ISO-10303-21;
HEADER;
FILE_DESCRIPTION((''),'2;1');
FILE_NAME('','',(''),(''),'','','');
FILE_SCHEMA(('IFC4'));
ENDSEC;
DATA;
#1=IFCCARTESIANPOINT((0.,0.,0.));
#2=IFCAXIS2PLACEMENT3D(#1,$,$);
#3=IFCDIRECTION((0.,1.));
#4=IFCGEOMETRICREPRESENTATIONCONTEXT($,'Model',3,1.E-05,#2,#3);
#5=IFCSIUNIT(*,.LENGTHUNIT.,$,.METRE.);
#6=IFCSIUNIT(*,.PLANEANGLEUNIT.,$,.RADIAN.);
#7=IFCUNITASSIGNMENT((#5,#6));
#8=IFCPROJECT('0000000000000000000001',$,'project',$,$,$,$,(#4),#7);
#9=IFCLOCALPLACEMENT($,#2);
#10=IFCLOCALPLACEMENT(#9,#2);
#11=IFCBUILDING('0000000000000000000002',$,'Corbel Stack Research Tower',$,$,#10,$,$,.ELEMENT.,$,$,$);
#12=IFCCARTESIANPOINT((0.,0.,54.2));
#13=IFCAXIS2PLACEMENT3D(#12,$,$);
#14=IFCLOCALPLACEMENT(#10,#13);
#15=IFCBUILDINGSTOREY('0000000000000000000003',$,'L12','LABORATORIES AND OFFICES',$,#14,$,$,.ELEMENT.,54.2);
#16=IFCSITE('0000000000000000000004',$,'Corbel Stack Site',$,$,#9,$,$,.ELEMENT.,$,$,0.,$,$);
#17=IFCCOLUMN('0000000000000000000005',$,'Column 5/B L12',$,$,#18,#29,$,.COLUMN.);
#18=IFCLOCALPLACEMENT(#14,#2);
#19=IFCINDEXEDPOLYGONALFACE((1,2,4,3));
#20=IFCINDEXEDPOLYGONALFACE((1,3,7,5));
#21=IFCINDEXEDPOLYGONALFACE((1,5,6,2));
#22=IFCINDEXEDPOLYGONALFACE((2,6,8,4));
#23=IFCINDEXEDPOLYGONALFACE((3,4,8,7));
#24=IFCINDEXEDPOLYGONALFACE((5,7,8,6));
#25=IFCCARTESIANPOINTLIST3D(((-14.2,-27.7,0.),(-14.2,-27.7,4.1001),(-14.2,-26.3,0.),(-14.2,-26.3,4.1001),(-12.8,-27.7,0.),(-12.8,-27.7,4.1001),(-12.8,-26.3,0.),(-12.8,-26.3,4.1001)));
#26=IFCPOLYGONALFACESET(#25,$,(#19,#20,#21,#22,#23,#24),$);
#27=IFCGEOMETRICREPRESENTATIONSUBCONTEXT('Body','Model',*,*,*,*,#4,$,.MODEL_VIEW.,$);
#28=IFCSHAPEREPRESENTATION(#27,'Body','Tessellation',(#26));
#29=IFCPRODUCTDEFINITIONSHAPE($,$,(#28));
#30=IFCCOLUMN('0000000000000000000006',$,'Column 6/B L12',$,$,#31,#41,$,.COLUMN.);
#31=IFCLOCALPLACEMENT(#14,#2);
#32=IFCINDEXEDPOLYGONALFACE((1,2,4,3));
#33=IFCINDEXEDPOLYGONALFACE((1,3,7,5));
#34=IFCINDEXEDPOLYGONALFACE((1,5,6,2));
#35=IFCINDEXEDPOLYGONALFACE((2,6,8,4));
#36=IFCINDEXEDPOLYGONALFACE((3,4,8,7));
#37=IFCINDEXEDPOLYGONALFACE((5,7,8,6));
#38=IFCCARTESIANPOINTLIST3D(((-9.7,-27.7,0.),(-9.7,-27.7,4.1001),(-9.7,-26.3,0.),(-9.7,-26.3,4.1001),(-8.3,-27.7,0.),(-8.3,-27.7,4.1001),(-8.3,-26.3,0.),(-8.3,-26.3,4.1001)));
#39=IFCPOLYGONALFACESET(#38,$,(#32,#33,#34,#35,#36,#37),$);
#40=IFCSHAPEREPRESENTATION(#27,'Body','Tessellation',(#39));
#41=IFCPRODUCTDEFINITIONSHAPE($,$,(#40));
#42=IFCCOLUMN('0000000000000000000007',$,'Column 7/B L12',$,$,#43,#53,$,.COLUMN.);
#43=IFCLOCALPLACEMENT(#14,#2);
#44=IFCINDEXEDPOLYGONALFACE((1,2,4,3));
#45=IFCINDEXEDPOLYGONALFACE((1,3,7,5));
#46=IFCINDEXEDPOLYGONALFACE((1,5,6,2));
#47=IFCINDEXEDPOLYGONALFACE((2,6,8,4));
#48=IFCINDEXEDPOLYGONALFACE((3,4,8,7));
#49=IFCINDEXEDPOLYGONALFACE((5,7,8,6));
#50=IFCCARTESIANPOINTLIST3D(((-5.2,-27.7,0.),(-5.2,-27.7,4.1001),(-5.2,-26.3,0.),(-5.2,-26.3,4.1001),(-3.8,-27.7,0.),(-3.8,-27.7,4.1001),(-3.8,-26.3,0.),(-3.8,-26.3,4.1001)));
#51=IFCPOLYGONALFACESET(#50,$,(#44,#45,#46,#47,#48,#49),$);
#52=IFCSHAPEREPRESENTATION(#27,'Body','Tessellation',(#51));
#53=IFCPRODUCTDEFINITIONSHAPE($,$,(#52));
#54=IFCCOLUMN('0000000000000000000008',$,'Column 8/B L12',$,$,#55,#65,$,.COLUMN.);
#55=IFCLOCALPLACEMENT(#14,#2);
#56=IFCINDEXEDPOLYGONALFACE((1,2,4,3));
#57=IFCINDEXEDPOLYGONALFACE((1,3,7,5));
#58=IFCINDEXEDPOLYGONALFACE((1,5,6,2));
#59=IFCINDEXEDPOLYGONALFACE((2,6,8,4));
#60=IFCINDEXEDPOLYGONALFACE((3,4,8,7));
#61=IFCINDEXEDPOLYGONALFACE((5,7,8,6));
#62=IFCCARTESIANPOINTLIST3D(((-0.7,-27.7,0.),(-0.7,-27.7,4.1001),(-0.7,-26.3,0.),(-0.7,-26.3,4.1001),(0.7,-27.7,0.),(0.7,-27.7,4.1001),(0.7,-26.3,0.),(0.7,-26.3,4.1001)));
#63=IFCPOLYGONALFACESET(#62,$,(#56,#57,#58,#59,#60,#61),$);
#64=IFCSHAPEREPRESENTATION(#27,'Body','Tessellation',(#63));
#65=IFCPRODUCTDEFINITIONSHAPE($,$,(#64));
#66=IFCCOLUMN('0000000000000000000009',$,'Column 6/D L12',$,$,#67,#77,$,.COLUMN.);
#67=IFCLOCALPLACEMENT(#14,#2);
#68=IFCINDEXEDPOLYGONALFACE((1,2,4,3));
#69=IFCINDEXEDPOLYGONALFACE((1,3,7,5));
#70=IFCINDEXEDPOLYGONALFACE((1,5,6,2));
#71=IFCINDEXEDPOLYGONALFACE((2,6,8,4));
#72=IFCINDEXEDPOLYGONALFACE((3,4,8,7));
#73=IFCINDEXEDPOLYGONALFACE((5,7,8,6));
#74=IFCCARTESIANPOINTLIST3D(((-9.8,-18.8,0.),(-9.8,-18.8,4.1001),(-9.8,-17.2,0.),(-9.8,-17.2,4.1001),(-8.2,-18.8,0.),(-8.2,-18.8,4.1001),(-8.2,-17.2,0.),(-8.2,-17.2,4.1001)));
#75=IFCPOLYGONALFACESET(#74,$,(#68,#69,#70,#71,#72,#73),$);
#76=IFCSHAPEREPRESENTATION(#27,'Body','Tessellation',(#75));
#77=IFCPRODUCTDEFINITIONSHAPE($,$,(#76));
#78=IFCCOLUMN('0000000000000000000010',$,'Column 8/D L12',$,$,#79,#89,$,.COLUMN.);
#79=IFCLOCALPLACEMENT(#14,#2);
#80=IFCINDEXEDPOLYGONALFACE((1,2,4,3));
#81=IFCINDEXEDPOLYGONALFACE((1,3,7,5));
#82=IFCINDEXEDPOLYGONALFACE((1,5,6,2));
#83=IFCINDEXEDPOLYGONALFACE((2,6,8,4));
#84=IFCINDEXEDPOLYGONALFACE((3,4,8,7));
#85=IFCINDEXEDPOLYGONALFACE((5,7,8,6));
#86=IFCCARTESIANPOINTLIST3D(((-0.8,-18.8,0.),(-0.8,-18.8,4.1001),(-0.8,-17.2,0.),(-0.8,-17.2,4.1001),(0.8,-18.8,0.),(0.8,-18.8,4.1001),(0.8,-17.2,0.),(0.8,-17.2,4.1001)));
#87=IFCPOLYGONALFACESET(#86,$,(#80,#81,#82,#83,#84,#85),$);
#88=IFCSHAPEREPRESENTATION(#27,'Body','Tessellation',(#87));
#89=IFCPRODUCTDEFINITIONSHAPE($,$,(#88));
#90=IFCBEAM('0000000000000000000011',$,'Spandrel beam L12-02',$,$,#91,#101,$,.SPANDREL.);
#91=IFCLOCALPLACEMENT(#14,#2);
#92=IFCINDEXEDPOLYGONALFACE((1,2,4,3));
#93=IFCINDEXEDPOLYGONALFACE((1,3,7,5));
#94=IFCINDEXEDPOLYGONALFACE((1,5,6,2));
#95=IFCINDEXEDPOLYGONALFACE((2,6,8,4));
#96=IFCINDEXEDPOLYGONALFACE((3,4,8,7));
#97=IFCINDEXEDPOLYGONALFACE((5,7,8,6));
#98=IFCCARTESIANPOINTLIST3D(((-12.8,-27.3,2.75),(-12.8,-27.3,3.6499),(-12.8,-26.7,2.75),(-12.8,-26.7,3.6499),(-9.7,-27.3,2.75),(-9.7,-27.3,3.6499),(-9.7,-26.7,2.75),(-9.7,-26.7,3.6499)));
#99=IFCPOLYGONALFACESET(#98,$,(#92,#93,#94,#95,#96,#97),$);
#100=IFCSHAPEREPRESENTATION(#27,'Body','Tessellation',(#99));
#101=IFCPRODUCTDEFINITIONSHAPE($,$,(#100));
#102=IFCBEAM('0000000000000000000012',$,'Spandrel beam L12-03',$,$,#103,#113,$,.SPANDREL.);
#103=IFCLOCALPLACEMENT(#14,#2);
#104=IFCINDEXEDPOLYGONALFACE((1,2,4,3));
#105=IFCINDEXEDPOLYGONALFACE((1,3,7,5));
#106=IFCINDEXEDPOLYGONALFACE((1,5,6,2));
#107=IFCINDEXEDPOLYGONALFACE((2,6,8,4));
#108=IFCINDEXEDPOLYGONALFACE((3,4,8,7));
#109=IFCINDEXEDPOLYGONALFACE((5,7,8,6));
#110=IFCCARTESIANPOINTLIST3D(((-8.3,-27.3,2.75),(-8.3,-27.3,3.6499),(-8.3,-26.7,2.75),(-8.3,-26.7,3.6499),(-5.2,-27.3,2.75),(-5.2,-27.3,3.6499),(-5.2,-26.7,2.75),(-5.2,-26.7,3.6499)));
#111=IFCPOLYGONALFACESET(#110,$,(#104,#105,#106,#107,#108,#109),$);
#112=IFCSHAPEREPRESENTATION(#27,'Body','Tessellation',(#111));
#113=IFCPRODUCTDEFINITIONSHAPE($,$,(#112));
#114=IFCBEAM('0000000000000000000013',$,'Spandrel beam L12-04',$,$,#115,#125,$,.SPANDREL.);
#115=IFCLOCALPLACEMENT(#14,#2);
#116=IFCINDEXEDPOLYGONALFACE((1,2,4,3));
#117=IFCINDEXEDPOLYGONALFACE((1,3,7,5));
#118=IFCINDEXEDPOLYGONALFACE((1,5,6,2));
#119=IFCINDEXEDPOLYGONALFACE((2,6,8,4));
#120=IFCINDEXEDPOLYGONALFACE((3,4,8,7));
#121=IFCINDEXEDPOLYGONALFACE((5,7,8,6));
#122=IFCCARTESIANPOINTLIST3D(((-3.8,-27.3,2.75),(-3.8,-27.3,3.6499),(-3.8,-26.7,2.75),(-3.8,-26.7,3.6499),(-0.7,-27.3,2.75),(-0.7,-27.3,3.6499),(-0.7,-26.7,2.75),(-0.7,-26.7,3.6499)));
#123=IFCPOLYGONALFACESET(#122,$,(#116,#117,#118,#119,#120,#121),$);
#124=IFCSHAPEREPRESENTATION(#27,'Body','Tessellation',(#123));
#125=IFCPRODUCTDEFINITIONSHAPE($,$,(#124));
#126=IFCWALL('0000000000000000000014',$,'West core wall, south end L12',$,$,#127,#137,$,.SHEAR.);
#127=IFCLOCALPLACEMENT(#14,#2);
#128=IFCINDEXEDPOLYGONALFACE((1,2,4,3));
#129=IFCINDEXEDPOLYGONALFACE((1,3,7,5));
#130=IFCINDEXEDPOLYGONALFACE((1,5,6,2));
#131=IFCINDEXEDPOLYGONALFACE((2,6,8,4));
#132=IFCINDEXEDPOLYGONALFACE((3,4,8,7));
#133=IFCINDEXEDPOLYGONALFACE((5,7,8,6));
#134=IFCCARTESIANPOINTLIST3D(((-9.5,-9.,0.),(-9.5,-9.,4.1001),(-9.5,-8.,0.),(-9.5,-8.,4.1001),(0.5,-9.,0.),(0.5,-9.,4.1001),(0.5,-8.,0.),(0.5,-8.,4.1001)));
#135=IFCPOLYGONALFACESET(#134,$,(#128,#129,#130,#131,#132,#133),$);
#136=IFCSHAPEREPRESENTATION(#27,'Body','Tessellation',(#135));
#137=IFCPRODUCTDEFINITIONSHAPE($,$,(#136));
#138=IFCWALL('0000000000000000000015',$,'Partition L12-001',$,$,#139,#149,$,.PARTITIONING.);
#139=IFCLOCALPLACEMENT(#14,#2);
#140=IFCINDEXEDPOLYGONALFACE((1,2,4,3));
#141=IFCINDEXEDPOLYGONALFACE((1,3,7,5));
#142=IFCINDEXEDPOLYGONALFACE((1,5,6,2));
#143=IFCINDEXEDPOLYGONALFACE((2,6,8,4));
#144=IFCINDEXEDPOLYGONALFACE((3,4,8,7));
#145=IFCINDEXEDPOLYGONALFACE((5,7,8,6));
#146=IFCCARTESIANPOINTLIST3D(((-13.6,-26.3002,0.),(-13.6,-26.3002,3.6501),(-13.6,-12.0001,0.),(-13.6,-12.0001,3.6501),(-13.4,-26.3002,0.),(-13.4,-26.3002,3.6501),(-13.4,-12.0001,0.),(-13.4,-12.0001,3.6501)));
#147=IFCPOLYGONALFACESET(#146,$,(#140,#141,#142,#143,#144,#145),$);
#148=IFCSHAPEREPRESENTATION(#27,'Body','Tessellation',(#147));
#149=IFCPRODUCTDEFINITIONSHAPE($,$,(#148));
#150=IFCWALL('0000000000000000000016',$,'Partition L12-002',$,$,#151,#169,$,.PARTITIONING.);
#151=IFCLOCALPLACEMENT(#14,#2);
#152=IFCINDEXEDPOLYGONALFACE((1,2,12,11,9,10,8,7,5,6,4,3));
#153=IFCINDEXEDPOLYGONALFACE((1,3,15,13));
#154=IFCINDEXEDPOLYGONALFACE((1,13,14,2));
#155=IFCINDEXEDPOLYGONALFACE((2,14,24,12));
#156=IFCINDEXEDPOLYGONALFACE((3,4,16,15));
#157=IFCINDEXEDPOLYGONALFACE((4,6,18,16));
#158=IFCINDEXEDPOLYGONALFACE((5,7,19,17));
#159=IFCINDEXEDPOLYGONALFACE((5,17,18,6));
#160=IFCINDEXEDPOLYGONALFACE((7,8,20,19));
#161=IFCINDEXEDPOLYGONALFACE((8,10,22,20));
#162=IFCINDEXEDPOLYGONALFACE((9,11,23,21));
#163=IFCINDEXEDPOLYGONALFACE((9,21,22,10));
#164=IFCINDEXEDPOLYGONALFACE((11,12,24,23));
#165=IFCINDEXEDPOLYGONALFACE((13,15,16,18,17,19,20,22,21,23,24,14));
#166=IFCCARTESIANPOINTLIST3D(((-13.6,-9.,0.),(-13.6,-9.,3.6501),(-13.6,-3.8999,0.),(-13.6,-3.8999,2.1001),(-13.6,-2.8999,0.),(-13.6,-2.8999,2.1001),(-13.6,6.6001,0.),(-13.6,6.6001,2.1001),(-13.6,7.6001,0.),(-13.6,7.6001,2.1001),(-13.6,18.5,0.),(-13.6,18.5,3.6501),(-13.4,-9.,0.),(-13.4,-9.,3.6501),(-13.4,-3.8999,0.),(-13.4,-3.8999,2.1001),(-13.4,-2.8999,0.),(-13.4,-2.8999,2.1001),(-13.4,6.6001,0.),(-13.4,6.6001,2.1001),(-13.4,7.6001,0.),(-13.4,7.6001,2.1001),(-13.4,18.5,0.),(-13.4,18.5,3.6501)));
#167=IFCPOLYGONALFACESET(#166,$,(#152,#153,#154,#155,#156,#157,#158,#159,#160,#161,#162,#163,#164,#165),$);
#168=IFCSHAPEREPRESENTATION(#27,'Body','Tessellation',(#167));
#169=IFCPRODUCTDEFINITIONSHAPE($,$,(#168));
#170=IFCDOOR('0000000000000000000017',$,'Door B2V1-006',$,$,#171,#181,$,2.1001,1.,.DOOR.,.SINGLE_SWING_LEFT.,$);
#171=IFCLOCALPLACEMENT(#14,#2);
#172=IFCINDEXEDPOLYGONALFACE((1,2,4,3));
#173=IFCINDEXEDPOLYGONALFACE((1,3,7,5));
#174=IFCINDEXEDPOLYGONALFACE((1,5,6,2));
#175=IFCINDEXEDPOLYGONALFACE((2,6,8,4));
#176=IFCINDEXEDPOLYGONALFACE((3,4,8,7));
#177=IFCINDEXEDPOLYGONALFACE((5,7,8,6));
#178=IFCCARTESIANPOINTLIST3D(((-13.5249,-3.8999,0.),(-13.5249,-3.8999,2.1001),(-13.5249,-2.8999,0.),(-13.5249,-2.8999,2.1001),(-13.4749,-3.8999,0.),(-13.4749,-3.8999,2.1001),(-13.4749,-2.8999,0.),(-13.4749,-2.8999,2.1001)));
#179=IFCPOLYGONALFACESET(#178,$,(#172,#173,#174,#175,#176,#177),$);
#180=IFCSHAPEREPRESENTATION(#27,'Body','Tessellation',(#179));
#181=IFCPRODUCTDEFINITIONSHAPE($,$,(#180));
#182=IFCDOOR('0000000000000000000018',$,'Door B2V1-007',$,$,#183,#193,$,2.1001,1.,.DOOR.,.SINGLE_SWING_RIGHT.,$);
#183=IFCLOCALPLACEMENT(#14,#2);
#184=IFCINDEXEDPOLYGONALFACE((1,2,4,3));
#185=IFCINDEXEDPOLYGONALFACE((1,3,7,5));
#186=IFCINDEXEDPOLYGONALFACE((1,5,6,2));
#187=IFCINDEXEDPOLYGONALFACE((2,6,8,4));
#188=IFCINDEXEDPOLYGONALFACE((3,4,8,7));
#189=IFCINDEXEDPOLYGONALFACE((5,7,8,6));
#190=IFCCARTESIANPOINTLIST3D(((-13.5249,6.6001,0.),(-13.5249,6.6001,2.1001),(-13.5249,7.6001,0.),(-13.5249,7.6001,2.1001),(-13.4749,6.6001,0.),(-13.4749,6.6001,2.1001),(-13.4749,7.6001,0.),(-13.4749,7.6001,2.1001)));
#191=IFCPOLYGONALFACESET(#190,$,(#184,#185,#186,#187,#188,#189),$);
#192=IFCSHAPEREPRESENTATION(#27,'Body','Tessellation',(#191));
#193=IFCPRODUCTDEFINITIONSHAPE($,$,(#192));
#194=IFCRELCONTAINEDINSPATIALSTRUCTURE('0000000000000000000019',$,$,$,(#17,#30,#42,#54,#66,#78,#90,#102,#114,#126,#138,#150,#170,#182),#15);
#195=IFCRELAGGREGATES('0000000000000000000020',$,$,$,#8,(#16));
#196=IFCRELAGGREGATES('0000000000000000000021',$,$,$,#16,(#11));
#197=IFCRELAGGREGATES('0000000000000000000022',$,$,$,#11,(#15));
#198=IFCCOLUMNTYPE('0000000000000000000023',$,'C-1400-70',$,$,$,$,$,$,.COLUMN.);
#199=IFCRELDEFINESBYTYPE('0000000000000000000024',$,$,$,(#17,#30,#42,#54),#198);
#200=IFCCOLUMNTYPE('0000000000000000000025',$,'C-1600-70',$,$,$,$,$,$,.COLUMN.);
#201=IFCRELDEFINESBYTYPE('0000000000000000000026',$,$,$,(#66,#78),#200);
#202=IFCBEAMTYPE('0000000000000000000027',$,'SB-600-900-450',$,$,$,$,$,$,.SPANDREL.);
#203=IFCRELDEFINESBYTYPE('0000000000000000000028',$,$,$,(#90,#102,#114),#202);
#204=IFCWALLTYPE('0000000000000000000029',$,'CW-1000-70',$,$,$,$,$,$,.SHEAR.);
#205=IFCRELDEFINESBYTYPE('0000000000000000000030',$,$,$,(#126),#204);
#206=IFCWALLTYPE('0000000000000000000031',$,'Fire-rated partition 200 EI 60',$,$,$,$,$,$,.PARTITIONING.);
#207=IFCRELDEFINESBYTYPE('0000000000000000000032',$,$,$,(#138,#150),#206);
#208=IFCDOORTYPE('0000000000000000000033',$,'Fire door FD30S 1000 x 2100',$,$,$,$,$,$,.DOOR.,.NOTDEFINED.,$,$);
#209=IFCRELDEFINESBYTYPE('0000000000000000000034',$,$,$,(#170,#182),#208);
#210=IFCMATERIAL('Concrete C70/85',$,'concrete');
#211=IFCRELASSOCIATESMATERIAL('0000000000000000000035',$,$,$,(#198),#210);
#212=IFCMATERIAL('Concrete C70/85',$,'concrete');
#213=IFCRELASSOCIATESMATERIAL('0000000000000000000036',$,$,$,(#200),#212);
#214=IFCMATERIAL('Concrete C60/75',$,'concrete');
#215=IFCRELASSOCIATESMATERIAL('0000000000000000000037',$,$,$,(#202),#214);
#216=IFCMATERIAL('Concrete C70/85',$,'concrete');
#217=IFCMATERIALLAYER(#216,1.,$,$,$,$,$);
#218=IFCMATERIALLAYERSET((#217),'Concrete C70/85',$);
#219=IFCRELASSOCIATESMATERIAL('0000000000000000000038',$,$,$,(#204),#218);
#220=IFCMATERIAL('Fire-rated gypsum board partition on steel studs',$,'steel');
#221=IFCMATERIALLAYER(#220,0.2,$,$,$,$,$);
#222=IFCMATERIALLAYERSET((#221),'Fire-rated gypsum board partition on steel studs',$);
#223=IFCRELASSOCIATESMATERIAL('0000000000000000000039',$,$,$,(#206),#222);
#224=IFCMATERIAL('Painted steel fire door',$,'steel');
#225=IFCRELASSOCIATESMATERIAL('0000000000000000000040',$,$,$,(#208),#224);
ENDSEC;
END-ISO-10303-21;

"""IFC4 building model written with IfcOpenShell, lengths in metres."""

from ifc_helpers import new_model, si_unit, direction, frame, frame_2d, origin, origin_2d, place, context, subcontext, project, spatial, rectangle, extrude, material, layer, layer_set, material_profile, profile_set, type_object, element, fill, save


model = new_model("IFC4")

# Units and contexts
model_context = context("Model", 3, precision=1e-05, world=origin(), true_north=direction((0.0, 1.0)))
body_context = subcontext(model_context, "Body", "Model", "MODEL_VIEW")
ifc_project = project(units=[si_unit("LENGTHUNIT", "METRE"), si_unit("PLANEANGLEUNIT", "RADIAN")], contexts=[model_context])

# Site, building, storey
site_placement = place(None, origin())
site = spatial("IfcSite", under=ifc_project, at=site_placement, Name="Corbel Stack Site", CompositionType="ELEMENT", RefElevation=0.0)
building_placement = place(site_placement, origin())
building = spatial("IfcBuilding", under=site, at=building_placement, Name="Corbel Stack Research Tower", CompositionType="ELEMENT")
storey_placement = place(building_placement, frame((0.0, 0.0, 54.2)))
storey = spatial("IfcBuildingStorey", under=building, at=storey_placement, Name="L12", Description="LABORATORIES AND OFFICES", CompositionType="ELEMENT", Elevation=54.2)

# Columns
ifc_material_1 = material(Name="Concrete C70/85", Category="concrete")
ifc_material_profile_1 = material_profile(ifc_material_1, rectangle(XDim=1.3999, YDim=1.3999, at=origin_2d()), Name="RC 1400 x 1400")
ifc_profile_set_1 = profile_set([ifc_material_profile_1], Name="Concrete C70/85")
column_type_1 = type_object("IfcColumnType", Name="C-1400-70", PredefinedType="COLUMN", material=ifc_profile_set_1)
for number, where, z_axis, x_axis, name in (
    (1, (-13.5, -27.0, 0.0), (0.0, 0.0, 1.0), (1.0, 0.0, 0.0), "Column 5/B L12"),
    (2, (-9.0, -27.0, 0.0), (0.0, 0.0, 1.0), (1.0, 0.0, 0.0), "Column 6/B L12"),
    (3, (-4.5, -27.0, 0.0), (0.0, 0.0, 1.0), (1.0, 0.0, 0.0), "Column 7/B L12"),
    (4, (0.0, -27.0, 0.0), (0.0, 0.0, 1.0), (1.0, 0.0, 0.0), "Column 8/B L12"),
):
    element("IfcColumn", number, at=place(storey_placement, frame(where, z_axis=z_axis, x_axis=x_axis)), inside=storey, type_object=column_type_1, Name=name, PredefinedType="COLUMN", context=body_context, shape_type="SweptSolid", body=[
        extrude(rectangle(XDim=1.3999, YDim=1.3999, at=origin_2d()), origin(), (0.0, 0.0, 1.0), 4.1001),
    ])
ifc_material_2 = material(Name="Concrete C70/85", Category="concrete")
ifc_material_profile_2 = material_profile(ifc_material_2, rectangle(XDim=1.6001, YDim=1.6001, at=origin_2d()), Name="RC 1600 x 1600")
ifc_profile_set_2 = profile_set([ifc_material_profile_2], Name="Concrete C70/85")
column_type_2 = type_object("IfcColumnType", Name="C-1600-70", PredefinedType="COLUMN", material=ifc_profile_set_2)
for number, where, z_axis, x_axis, name in (
    (5, (-9.0, -18.0, 0.0), (0.0, 0.0, 1.0), (1.0, 0.0, 0.0), "Column 6/D L12"),
    (6, (0.0, -18.0, 0.0), (0.0, 0.0, 1.0), (1.0, 0.0, 0.0), "Column 8/D L12"),
):
    element("IfcColumn", number, at=place(storey_placement, frame(where, z_axis=z_axis, x_axis=x_axis)), inside=storey, type_object=column_type_2, Name=name, PredefinedType="COLUMN", context=body_context, shape_type="SweptSolid", body=[
        extrude(rectangle(XDim=1.6001, YDim=1.6001, at=origin_2d()), origin(), (0.0, 0.0, 1.0), 4.1001),
    ])

# Beams
ifc_material_3 = material(Name="Concrete C60/75", Category="concrete")
ifc_material_profile_3 = material_profile(ifc_material_3, rectangle(XDim=0.6001, YDim=0.8999, at=origin_2d()), Name="RC 600 x 900")
ifc_profile_set_3 = profile_set([ifc_material_profile_3], Name="Concrete C60/75")
beam_type = type_object("IfcBeamType", Name="SB-600-900-450", PredefinedType="SPANDREL", material=ifc_profile_set_3)
for number, where, z_axis, x_axis, name in (
    (7, (-12.8, -27.0, 3.2), (1.0, 0.0, 0.0), (0.0, 1.0, 0.0), "Spandrel beam L12-02"),
    (8, (-8.3, -27.0, 3.2), (1.0, 0.0, 0.0), (0.0, 1.0, 0.0), "Spandrel beam L12-03"),
    (9, (-3.8, -27.0, 3.2), (1.0, 0.0, 0.0), (0.0, 1.0, 0.0), "Spandrel beam L12-04"),
):
    element("IfcBeam", number, at=place(storey_placement, frame(where, z_axis=z_axis, x_axis=x_axis)), inside=storey, type_object=beam_type, Name=name, PredefinedType="SPANDREL", context=body_context, shape_type="SweptSolid", body=[
        extrude(rectangle(XDim=0.6001, YDim=0.8999, at=origin_2d()), origin(), (0.0, 0.0, 1.0), 3.1001),
    ])

# Shared definitions
ifc_material_4 = material(Name="Concrete C70/85", Category="concrete")
ifc_layer_1 = layer(ifc_material_4, 1.0)
ifc_layer_set_1 = layer_set([ifc_layer_1], Name="Concrete C70/85")
wall_type_1 = type_object("IfcWallType", Name="CW-1000-70", PredefinedType="SHEAR", material=ifc_layer_set_1)

# Walls
wall_1_placement = place(storey_placement, frame((-9.5, -8.5, 0.0), z_axis=(0.0, 0.0, 1.0), x_axis=(1.0, 0.0, 0.0)))
element("IfcWall", 10, at=wall_1_placement, inside=storey, type_object=wall_type_1, Name="West core wall, south end L12", PredefinedType="SHEAR", context=body_context, shape_type="SweptSolid", body=[
    extrude(rectangle(XDim=10.0, YDim=1.0, at=frame_2d((5.0, 0.0))), origin(), (0.0, 0.0, 1.0), 4.1001),
])
ifc_material_5 = material(Name="Fire-rated gypsum board partition on steel studs", Category="steel")
ifc_layer_2 = layer(ifc_material_5, 0.2)
ifc_layer_set_2 = layer_set([ifc_layer_2], Name="Fire-rated gypsum board partition on steel studs")
wall_type_2 = type_object("IfcWallType", Name="Fire-rated partition 200 EI 60", PredefinedType="PARTITIONING", material=ifc_layer_set_2)
wall_2_placement = place(storey_placement, frame((-13.5, -26.3, 0.0), z_axis=(0.0, 0.0, 1.0), x_axis=(0.0, 1.0, 0.0)))
element("IfcWall", 11, at=wall_2_placement, inside=storey, type_object=wall_type_2, Name="Partition L12-001", PredefinedType="PARTITIONING", context=body_context, shape_type="SweptSolid", body=[
    extrude(rectangle(XDim=14.3, YDim=0.2, at=frame_2d((7.1499, 0.0))), origin(), (0.0, 0.0, 1.0), 3.6501),
])

# Wall, openings, doors
wall_3_placement = place(storey_placement, frame((-13.5, -9.0, 0.0), z_axis=(0.0, 0.0, 1.0), x_axis=(0.0, 1.0, 0.0)))
wall_3 = element("IfcWall", 12, at=wall_3_placement, inside=storey, type_object=wall_type_2, Name="Partition L12-002", PredefinedType="PARTITIONING", context=body_context, shape_type="SweptSolid", body=[
    extrude(rectangle(XDim=27.5, YDim=0.2, at=frame_2d((13.75, 0.0))), origin(), (0.0, 0.0, 1.0), 3.6501),
])
opening_1_placement = place(wall_3_placement, frame((5.1001, 0.0, 0.0)))
opening_1 = element("IfcOpeningElement", 13, at=opening_1_placement, cuts=wall_3, PredefinedType="OPENING", context=body_context, shape_type="SweptSolid", body=[
    extrude(rectangle(XDim=1.0, YDim=2.1001, at=frame_2d((0.5, 1.05))), frame((0.0, 0.1099, 0.0), z_axis=(0.0, -1.0, 0.0), x_axis=(1.0, 0.0, 0.0)), (0.0, 0.0, 1.0), 0.22),
])
opening_2_placement = place(wall_3_placement, frame((15.6001, 0.0, 0.0)))
opening_2 = element("IfcOpeningElement", 14, at=opening_2_placement, cuts=wall_3, PredefinedType="OPENING", context=body_context, shape_type="SweptSolid", body=[
    extrude(rectangle(XDim=1.0, YDim=2.1001, at=frame_2d((0.5, 1.05))), frame((0.0, 0.1099, 0.0), z_axis=(0.0, -1.0, 0.0), x_axis=(1.0, 0.0, 0.0)), (0.0, 0.0, 1.0), 0.22),
])
ifc_material_6 = material(Name="Painted steel fire door", Category="steel")
door_type_1 = type_object("IfcDoorType", Name="Fire door FD30S 1000 x 2100", OperationType="NOTDEFINED", PredefinedType="DOOR", material=ifc_material_6)
door_1_placement = place(opening_1_placement, origin())
door_1 = element("IfcDoor", 15, at=door_1_placement, inside=storey, type_object=door_type_1, Name="Door B2V1-006", OperationType="SINGLE_SWING_LEFT", OverallHeight=2.1001, OverallWidth=1.0, PredefinedType="DOOR", context=body_context, shape_type="SweptSolid", body=[
    extrude(rectangle(XDim=1.0, YDim=2.1001, at=frame_2d((0.5, 1.05))), frame((0.0, 0.0249, 0.0), z_axis=(0.0, -1.0, 0.0), x_axis=(1.0, 0.0, 0.0)), (0.0, 0.0, 1.0), 0.05),
])
fill(opening_1, door_1)
door_2_placement = place(opening_2_placement, origin())
door_2 = element("IfcDoor", 16, at=door_2_placement, inside=storey, type_object=door_type_1, Name="Door B2V1-007", OperationType="SINGLE_SWING_RIGHT", OverallHeight=2.1001, OverallWidth=1.0, PredefinedType="DOOR", context=body_context, shape_type="SweptSolid", body=[
    extrude(rectangle(XDim=1.0, YDim=2.1001, at=frame_2d((0.5, 1.05))), frame((0.0, 0.0249, 0.0), z_axis=(0.0, -1.0, 0.0), x_axis=(1.0, 0.0, 0.0)), (0.0, 0.0, 1.0), 0.05),
])
fill(opening_2, door_2)

save(model, "model.ifc")
